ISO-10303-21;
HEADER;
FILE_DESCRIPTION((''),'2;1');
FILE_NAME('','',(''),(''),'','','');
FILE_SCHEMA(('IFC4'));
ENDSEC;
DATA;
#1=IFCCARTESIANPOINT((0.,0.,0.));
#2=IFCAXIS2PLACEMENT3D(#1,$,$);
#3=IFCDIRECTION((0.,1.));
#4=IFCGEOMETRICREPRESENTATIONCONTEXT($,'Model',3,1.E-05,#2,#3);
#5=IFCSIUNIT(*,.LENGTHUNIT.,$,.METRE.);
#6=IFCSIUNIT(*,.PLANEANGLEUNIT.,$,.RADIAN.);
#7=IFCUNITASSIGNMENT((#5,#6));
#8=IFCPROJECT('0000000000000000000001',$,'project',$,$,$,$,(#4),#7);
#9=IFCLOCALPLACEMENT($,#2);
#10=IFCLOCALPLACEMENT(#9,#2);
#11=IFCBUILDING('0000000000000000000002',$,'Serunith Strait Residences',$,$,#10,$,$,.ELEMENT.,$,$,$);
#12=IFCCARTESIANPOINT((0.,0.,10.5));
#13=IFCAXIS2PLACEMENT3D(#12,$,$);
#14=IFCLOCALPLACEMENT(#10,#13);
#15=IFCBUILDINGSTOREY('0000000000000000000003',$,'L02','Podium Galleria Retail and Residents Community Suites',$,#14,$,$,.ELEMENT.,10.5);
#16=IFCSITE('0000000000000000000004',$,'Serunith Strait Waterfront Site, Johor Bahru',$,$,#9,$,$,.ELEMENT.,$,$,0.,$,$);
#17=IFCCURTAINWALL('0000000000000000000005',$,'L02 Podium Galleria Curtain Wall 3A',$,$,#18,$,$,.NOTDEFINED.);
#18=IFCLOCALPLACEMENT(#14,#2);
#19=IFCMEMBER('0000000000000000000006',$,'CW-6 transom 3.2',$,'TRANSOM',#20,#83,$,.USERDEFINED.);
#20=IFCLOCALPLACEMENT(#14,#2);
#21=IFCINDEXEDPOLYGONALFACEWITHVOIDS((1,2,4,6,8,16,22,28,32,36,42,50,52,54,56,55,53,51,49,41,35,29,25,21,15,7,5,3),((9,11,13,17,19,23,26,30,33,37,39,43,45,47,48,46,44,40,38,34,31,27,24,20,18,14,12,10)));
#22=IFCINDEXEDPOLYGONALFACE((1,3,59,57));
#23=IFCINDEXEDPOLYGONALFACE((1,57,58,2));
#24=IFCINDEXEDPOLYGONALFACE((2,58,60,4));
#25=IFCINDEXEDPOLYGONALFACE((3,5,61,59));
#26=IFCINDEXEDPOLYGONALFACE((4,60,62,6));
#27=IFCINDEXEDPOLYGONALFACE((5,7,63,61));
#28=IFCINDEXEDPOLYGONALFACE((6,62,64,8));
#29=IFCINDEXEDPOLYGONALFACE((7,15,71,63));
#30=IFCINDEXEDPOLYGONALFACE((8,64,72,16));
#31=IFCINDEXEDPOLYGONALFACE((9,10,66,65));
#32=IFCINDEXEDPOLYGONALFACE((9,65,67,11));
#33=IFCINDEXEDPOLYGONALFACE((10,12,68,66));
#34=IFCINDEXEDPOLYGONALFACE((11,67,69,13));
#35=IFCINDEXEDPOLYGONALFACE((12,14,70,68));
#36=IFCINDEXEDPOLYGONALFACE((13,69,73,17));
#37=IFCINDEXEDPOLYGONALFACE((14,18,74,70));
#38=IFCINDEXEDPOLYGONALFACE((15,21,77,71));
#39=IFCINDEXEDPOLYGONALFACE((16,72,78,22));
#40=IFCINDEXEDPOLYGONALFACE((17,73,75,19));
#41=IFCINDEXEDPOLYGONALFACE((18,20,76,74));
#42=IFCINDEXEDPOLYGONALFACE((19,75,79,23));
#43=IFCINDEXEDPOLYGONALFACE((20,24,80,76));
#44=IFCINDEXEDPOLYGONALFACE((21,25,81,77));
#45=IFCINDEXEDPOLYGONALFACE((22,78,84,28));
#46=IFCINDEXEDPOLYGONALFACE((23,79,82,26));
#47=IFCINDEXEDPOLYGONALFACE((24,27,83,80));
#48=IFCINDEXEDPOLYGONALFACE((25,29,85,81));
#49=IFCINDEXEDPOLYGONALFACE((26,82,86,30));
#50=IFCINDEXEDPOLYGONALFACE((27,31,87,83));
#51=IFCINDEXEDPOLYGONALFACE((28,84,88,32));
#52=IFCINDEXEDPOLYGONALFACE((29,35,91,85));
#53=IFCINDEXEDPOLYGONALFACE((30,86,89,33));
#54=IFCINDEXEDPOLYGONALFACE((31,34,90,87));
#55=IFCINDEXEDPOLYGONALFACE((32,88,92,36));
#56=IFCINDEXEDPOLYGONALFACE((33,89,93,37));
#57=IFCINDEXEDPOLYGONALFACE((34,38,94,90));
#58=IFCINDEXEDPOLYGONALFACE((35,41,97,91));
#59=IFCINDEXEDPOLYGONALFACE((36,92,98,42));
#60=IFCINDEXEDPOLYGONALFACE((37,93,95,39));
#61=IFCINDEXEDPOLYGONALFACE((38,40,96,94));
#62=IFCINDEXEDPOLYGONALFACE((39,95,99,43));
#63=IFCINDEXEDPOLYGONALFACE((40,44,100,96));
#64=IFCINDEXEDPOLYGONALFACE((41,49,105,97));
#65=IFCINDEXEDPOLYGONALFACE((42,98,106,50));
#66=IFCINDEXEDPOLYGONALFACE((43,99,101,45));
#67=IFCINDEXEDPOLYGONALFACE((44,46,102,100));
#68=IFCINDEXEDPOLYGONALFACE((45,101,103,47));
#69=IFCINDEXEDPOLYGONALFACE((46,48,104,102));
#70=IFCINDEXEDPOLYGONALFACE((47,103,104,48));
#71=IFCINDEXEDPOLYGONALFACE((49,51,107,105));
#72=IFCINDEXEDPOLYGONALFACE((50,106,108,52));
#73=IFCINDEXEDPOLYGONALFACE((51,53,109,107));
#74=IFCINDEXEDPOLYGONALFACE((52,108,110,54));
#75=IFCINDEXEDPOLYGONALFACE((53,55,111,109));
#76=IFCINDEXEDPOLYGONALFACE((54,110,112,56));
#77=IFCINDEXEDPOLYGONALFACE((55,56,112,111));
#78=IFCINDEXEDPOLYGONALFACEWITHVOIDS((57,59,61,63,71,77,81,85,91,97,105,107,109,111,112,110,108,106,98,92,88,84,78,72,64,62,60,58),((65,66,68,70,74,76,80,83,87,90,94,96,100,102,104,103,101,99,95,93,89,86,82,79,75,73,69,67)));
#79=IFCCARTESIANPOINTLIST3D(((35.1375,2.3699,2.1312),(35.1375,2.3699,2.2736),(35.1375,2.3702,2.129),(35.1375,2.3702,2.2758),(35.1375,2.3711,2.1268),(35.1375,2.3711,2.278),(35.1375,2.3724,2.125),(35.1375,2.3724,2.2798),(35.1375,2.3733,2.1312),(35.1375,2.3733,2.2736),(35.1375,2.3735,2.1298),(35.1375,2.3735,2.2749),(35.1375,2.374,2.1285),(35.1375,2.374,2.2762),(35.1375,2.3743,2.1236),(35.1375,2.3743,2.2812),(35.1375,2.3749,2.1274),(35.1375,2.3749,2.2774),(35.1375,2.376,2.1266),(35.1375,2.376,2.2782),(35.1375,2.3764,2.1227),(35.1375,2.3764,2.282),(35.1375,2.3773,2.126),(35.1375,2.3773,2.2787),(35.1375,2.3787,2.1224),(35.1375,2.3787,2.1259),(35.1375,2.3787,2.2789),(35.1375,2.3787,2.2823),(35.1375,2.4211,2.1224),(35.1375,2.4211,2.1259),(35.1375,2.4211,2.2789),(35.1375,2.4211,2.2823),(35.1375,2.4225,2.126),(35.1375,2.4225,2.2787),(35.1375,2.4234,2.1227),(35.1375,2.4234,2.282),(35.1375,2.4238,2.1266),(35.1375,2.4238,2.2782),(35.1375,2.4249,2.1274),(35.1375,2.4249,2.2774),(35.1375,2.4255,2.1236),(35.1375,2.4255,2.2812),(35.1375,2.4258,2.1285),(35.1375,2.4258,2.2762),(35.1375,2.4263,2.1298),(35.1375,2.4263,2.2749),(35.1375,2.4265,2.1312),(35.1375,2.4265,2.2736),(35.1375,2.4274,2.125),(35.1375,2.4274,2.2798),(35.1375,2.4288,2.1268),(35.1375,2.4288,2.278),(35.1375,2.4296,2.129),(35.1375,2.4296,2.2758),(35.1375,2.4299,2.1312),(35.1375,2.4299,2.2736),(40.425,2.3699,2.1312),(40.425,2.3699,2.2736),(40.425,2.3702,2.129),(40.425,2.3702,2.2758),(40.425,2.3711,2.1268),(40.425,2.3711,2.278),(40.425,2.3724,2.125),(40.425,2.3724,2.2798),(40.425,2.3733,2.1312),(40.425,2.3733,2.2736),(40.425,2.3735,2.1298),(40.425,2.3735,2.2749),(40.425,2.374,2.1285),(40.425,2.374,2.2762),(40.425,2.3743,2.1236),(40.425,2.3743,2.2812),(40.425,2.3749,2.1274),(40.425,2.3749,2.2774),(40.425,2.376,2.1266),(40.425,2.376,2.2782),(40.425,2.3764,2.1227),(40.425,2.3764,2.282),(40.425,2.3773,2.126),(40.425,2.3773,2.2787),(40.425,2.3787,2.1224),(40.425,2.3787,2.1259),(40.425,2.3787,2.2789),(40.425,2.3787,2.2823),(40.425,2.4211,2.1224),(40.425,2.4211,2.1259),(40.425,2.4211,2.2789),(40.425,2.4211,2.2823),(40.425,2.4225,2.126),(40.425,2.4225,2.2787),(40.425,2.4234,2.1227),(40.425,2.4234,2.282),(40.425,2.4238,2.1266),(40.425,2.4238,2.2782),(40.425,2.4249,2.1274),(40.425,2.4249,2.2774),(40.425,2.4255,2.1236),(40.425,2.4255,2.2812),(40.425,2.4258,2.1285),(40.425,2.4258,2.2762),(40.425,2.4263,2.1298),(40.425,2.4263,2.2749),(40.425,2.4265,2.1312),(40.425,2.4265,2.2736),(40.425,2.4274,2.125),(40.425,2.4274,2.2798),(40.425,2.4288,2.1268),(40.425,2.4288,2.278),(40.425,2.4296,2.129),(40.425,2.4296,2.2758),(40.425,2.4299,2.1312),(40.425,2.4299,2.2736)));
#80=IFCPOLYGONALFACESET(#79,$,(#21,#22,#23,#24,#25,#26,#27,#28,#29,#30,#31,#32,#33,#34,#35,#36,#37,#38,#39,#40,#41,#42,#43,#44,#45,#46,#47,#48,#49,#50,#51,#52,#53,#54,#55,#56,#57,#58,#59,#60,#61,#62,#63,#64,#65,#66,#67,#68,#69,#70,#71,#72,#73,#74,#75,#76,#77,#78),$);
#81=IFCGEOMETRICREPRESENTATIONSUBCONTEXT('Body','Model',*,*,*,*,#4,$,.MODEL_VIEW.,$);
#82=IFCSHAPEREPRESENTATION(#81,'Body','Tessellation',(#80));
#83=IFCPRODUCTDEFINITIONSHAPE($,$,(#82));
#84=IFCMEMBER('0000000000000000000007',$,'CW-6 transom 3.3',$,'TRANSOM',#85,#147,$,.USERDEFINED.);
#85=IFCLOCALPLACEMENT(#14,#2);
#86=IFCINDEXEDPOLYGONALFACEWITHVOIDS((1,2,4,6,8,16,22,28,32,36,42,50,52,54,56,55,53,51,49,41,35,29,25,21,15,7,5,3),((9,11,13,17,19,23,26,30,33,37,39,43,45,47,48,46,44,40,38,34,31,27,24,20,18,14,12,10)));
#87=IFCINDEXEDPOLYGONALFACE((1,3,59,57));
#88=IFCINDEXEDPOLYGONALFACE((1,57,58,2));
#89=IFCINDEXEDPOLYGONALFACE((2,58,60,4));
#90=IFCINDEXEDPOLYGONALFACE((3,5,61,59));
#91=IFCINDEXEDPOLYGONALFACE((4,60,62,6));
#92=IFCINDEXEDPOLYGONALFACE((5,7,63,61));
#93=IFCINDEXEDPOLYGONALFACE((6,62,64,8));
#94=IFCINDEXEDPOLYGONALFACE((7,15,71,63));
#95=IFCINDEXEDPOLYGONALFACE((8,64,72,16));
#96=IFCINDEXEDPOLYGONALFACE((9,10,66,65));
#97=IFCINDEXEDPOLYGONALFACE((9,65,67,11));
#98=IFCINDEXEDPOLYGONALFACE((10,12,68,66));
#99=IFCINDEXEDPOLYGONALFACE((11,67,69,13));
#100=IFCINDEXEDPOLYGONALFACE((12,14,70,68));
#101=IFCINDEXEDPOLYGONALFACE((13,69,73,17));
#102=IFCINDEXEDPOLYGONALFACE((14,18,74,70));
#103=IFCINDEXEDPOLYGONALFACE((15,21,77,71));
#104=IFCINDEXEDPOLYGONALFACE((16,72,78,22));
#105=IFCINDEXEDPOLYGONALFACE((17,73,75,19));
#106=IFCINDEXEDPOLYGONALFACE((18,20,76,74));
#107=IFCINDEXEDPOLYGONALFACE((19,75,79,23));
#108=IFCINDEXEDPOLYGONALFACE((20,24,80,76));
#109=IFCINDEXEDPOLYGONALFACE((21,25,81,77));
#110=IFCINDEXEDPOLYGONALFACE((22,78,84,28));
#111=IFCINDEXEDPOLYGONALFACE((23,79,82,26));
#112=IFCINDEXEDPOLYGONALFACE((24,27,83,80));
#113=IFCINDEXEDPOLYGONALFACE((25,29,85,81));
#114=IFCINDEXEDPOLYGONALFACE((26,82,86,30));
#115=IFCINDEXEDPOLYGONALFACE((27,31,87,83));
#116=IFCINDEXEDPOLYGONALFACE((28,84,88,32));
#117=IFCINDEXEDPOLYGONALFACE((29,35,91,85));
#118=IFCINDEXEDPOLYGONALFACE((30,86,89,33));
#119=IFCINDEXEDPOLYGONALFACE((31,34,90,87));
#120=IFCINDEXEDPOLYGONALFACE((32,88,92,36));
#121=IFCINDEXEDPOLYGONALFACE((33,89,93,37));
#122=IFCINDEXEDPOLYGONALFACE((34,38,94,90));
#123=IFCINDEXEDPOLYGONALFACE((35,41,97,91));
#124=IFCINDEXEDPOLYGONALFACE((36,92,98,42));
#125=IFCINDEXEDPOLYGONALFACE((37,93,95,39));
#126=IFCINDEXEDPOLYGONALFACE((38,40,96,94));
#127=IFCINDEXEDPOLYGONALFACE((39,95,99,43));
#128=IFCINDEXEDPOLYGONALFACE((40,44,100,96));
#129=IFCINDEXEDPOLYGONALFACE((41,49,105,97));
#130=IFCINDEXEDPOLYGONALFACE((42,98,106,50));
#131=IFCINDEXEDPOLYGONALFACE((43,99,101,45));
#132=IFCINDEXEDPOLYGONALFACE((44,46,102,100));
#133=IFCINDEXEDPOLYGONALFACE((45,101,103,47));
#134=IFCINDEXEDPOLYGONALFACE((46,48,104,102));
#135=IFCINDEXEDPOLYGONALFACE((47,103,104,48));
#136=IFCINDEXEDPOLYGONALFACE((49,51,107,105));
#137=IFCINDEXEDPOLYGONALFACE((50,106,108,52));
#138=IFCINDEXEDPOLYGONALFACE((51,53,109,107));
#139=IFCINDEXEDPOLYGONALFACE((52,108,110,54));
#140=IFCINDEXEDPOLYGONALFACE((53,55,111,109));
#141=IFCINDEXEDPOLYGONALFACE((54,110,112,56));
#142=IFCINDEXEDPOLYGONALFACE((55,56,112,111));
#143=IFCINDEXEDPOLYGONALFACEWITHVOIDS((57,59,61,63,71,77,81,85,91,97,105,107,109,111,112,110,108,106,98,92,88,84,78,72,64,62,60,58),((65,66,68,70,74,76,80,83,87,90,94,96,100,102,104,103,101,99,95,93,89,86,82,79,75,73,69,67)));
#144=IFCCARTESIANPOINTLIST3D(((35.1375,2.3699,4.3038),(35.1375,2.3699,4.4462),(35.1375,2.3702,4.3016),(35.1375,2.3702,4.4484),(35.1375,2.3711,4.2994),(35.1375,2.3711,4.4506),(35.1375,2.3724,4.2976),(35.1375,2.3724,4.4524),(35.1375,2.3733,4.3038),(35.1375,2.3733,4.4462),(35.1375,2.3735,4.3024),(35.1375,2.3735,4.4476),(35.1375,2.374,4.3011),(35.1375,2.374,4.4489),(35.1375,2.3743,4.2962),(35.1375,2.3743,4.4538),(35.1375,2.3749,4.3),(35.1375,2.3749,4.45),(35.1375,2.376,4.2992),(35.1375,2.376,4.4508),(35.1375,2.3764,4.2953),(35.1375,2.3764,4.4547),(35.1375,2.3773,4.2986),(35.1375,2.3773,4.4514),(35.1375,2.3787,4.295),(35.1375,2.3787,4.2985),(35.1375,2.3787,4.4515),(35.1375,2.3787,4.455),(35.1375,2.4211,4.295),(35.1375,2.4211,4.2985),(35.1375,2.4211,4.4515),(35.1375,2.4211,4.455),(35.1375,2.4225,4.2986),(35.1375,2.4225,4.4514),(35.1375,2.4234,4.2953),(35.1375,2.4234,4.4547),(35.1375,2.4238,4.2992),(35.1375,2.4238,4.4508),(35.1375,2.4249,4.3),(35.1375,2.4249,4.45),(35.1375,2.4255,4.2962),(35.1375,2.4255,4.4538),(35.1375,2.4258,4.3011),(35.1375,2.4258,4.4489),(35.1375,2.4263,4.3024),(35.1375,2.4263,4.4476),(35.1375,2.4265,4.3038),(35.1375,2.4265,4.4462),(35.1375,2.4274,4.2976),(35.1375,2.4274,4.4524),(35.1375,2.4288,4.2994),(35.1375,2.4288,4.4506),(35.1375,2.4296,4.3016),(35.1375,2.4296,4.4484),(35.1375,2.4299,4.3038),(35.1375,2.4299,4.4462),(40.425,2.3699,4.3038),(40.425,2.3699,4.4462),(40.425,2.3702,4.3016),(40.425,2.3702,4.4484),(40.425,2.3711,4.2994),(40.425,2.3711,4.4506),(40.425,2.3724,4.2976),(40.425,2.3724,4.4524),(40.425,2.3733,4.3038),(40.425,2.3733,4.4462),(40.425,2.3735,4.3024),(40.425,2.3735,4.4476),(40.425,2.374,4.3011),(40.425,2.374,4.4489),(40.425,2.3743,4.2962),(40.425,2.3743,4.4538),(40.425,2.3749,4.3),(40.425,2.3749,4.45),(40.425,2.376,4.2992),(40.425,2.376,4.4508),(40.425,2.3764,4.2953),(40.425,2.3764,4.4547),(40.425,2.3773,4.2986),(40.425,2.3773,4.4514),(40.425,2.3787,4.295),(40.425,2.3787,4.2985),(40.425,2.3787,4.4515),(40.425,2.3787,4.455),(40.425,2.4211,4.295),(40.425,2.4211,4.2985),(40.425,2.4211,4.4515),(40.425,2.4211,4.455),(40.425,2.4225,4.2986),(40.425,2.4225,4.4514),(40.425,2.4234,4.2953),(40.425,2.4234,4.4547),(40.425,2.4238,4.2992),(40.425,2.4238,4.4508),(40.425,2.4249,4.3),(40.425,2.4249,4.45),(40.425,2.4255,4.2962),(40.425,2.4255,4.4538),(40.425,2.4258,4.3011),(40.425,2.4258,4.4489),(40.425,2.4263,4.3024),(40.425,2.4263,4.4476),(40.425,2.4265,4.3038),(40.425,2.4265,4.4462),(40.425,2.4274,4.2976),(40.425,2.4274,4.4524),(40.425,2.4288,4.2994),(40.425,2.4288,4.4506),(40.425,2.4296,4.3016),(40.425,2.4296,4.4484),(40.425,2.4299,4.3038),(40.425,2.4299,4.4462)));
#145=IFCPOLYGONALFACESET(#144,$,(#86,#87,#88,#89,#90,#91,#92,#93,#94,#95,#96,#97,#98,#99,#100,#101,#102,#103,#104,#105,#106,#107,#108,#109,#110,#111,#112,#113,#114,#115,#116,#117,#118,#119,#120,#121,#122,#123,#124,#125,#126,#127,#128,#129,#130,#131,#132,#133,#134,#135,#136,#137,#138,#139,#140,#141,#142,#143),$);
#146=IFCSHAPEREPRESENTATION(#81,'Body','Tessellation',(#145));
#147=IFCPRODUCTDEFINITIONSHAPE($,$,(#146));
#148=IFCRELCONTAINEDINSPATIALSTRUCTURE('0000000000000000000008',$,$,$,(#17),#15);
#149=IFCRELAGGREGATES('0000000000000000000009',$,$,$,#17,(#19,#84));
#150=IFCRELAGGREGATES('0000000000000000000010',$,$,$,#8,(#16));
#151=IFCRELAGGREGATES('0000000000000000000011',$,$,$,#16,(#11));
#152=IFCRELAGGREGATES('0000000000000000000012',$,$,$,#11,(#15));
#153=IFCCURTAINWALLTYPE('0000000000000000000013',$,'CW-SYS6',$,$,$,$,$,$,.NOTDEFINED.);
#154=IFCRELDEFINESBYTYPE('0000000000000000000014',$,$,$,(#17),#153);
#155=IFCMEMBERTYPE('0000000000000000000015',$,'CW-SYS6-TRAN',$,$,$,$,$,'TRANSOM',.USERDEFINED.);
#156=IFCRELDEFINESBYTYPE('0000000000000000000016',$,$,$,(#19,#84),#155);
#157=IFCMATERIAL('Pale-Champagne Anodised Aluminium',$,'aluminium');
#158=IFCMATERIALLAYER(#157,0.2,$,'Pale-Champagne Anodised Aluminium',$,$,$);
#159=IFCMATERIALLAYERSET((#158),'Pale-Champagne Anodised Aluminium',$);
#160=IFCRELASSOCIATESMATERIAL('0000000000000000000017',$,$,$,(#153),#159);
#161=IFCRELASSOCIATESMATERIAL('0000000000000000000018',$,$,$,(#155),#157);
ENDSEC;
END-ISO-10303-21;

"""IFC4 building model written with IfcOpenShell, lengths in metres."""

from ifc_helpers import new_model, si_unit, direction, frame, origin, origin_2d, place, context, subcontext, project, spatial, hollow_rectangle, extrude, source, transform, mapped, material, layer, layer_set, material_profile, profile_set, type_object, element, aggregate, save


model = new_model("IFC4")

# Units and contexts
model_context = context("Model", 3, precision=1e-05, world=origin(), true_north=direction((0.0, 1.0)))
body_context = subcontext(model_context, "Body", "Model", "MODEL_VIEW")
ifc_project = project(units=[si_unit("LENGTHUNIT", "METRE"), si_unit("PLANEANGLEUNIT", "RADIAN")], contexts=[model_context])

# Site, building, storey
site_placement = place(None, origin())
site = spatial("IfcSite", under=ifc_project, at=site_placement, Name="Serunith Strait Waterfront Site, Johor Bahru", CompositionType="ELEMENT", RefElevation=0.0)
building_placement = place(site_placement, origin())
building = spatial("IfcBuilding", under=site, at=building_placement, Name="Serunith Strait Residences", CompositionType="ELEMENT")
storey_placement = place(building_placement, frame((0.0, 0.0, 10.5)))
storey = spatial("IfcBuildingStorey", under=building, at=storey_placement, Name="L02", Description="Podium Galleria Retail and Residents Community Suites", CompositionType="ELEMENT", Elevation=10.5)

# Curtain wall, members
ifc_material_1 = material(Name="Pale-Champagne Anodised Aluminium", Category="aluminium")
ifc_layer_1 = layer(ifc_material_1, 0.2, Name="Pale-Champagne Anodised Aluminium")
ifc_layer_set_1 = layer_set([ifc_layer_1], Name="Pale-Champagne Anodised Aluminium")
curtain_wall_type = type_object("IfcCurtainWallType", Name="CW-SYS6", PredefinedType="NOTDEFINED", material=ifc_layer_set_1)
curtain_wall_placement = place(storey_placement, origin())
curtain_wall = element("IfcCurtainWall", 1, at=curtain_wall_placement, inside=storey, type_object=curtain_wall_type, Name="L02 Podium Galleria Curtain Wall 3A", PredefinedType="NOTDEFINED")
ifc_material_profile_1 = material_profile(ifc_material_1, hollow_rectangle(XDim=0.0601, YDim=0.1599, WallThickness=0.0034, InnerFilletRadius=0.0054, OuterFilletRadius=0.0088, at=origin_2d()), Name="ALU 160x60x3.5")
ifc_profile_set_1 = profile_set([ifc_material_profile_1], Name="Pale-Champagne Anodised Aluminium")
member_type_1 = type_object("IfcMemberType", Name="CW-SYS6-TRAN", ElementType="TRANSOM", PredefinedType="USERDEFINED", material=ifc_profile_set_1)
shared_shape_1 = source(origin(), body_context, "Body", "SweptSolid", [
    extrude(hollow_rectangle(XDim=0.0601, YDim=0.1599, WallThickness=0.0034, InnerFilletRadius=0.0054, OuterFilletRadius=0.0088, at=origin_2d()), origin(), (0.0, 0.0, 1.0), 5.2876),
])
member_1_placement = place(storey_placement, frame((35.1375, 2.3999, 2.2024), z_axis=(1.0, 0.0, 0.0), x_axis=(0.0, 1.0, 0.0)))
member_1 = element("IfcMember", 2, at=member_1_placement, type_object=member_type_1, Name="CW-6 transom 3.2", ObjectType="TRANSOM", PredefinedType="USERDEFINED", context=body_context, shape_type="MappedRepresentation", body=[
    mapped(shared_shape_1, transform((0.0, 0.0, 0.0), scale=1.0)),
])
member_2_placement = place(storey_placement, frame((35.1375, 2.3999, 4.375), z_axis=(1.0, 0.0, 0.0), x_axis=(0.0, 1.0, 0.0)))
member_2 = element("IfcMember", 3, at=member_2_placement, type_object=member_type_1, Name="CW-6 transom 3.3", ObjectType="TRANSOM", PredefinedType="USERDEFINED", context=body_context, shape_type="MappedRepresentation", body=[
    mapped(shared_shape_1, transform((0.0, 0.0, 0.0), scale=1.0)),
])
aggregate(curtain_wall, [member_1, member_2])

save(model, "model.ifc")
